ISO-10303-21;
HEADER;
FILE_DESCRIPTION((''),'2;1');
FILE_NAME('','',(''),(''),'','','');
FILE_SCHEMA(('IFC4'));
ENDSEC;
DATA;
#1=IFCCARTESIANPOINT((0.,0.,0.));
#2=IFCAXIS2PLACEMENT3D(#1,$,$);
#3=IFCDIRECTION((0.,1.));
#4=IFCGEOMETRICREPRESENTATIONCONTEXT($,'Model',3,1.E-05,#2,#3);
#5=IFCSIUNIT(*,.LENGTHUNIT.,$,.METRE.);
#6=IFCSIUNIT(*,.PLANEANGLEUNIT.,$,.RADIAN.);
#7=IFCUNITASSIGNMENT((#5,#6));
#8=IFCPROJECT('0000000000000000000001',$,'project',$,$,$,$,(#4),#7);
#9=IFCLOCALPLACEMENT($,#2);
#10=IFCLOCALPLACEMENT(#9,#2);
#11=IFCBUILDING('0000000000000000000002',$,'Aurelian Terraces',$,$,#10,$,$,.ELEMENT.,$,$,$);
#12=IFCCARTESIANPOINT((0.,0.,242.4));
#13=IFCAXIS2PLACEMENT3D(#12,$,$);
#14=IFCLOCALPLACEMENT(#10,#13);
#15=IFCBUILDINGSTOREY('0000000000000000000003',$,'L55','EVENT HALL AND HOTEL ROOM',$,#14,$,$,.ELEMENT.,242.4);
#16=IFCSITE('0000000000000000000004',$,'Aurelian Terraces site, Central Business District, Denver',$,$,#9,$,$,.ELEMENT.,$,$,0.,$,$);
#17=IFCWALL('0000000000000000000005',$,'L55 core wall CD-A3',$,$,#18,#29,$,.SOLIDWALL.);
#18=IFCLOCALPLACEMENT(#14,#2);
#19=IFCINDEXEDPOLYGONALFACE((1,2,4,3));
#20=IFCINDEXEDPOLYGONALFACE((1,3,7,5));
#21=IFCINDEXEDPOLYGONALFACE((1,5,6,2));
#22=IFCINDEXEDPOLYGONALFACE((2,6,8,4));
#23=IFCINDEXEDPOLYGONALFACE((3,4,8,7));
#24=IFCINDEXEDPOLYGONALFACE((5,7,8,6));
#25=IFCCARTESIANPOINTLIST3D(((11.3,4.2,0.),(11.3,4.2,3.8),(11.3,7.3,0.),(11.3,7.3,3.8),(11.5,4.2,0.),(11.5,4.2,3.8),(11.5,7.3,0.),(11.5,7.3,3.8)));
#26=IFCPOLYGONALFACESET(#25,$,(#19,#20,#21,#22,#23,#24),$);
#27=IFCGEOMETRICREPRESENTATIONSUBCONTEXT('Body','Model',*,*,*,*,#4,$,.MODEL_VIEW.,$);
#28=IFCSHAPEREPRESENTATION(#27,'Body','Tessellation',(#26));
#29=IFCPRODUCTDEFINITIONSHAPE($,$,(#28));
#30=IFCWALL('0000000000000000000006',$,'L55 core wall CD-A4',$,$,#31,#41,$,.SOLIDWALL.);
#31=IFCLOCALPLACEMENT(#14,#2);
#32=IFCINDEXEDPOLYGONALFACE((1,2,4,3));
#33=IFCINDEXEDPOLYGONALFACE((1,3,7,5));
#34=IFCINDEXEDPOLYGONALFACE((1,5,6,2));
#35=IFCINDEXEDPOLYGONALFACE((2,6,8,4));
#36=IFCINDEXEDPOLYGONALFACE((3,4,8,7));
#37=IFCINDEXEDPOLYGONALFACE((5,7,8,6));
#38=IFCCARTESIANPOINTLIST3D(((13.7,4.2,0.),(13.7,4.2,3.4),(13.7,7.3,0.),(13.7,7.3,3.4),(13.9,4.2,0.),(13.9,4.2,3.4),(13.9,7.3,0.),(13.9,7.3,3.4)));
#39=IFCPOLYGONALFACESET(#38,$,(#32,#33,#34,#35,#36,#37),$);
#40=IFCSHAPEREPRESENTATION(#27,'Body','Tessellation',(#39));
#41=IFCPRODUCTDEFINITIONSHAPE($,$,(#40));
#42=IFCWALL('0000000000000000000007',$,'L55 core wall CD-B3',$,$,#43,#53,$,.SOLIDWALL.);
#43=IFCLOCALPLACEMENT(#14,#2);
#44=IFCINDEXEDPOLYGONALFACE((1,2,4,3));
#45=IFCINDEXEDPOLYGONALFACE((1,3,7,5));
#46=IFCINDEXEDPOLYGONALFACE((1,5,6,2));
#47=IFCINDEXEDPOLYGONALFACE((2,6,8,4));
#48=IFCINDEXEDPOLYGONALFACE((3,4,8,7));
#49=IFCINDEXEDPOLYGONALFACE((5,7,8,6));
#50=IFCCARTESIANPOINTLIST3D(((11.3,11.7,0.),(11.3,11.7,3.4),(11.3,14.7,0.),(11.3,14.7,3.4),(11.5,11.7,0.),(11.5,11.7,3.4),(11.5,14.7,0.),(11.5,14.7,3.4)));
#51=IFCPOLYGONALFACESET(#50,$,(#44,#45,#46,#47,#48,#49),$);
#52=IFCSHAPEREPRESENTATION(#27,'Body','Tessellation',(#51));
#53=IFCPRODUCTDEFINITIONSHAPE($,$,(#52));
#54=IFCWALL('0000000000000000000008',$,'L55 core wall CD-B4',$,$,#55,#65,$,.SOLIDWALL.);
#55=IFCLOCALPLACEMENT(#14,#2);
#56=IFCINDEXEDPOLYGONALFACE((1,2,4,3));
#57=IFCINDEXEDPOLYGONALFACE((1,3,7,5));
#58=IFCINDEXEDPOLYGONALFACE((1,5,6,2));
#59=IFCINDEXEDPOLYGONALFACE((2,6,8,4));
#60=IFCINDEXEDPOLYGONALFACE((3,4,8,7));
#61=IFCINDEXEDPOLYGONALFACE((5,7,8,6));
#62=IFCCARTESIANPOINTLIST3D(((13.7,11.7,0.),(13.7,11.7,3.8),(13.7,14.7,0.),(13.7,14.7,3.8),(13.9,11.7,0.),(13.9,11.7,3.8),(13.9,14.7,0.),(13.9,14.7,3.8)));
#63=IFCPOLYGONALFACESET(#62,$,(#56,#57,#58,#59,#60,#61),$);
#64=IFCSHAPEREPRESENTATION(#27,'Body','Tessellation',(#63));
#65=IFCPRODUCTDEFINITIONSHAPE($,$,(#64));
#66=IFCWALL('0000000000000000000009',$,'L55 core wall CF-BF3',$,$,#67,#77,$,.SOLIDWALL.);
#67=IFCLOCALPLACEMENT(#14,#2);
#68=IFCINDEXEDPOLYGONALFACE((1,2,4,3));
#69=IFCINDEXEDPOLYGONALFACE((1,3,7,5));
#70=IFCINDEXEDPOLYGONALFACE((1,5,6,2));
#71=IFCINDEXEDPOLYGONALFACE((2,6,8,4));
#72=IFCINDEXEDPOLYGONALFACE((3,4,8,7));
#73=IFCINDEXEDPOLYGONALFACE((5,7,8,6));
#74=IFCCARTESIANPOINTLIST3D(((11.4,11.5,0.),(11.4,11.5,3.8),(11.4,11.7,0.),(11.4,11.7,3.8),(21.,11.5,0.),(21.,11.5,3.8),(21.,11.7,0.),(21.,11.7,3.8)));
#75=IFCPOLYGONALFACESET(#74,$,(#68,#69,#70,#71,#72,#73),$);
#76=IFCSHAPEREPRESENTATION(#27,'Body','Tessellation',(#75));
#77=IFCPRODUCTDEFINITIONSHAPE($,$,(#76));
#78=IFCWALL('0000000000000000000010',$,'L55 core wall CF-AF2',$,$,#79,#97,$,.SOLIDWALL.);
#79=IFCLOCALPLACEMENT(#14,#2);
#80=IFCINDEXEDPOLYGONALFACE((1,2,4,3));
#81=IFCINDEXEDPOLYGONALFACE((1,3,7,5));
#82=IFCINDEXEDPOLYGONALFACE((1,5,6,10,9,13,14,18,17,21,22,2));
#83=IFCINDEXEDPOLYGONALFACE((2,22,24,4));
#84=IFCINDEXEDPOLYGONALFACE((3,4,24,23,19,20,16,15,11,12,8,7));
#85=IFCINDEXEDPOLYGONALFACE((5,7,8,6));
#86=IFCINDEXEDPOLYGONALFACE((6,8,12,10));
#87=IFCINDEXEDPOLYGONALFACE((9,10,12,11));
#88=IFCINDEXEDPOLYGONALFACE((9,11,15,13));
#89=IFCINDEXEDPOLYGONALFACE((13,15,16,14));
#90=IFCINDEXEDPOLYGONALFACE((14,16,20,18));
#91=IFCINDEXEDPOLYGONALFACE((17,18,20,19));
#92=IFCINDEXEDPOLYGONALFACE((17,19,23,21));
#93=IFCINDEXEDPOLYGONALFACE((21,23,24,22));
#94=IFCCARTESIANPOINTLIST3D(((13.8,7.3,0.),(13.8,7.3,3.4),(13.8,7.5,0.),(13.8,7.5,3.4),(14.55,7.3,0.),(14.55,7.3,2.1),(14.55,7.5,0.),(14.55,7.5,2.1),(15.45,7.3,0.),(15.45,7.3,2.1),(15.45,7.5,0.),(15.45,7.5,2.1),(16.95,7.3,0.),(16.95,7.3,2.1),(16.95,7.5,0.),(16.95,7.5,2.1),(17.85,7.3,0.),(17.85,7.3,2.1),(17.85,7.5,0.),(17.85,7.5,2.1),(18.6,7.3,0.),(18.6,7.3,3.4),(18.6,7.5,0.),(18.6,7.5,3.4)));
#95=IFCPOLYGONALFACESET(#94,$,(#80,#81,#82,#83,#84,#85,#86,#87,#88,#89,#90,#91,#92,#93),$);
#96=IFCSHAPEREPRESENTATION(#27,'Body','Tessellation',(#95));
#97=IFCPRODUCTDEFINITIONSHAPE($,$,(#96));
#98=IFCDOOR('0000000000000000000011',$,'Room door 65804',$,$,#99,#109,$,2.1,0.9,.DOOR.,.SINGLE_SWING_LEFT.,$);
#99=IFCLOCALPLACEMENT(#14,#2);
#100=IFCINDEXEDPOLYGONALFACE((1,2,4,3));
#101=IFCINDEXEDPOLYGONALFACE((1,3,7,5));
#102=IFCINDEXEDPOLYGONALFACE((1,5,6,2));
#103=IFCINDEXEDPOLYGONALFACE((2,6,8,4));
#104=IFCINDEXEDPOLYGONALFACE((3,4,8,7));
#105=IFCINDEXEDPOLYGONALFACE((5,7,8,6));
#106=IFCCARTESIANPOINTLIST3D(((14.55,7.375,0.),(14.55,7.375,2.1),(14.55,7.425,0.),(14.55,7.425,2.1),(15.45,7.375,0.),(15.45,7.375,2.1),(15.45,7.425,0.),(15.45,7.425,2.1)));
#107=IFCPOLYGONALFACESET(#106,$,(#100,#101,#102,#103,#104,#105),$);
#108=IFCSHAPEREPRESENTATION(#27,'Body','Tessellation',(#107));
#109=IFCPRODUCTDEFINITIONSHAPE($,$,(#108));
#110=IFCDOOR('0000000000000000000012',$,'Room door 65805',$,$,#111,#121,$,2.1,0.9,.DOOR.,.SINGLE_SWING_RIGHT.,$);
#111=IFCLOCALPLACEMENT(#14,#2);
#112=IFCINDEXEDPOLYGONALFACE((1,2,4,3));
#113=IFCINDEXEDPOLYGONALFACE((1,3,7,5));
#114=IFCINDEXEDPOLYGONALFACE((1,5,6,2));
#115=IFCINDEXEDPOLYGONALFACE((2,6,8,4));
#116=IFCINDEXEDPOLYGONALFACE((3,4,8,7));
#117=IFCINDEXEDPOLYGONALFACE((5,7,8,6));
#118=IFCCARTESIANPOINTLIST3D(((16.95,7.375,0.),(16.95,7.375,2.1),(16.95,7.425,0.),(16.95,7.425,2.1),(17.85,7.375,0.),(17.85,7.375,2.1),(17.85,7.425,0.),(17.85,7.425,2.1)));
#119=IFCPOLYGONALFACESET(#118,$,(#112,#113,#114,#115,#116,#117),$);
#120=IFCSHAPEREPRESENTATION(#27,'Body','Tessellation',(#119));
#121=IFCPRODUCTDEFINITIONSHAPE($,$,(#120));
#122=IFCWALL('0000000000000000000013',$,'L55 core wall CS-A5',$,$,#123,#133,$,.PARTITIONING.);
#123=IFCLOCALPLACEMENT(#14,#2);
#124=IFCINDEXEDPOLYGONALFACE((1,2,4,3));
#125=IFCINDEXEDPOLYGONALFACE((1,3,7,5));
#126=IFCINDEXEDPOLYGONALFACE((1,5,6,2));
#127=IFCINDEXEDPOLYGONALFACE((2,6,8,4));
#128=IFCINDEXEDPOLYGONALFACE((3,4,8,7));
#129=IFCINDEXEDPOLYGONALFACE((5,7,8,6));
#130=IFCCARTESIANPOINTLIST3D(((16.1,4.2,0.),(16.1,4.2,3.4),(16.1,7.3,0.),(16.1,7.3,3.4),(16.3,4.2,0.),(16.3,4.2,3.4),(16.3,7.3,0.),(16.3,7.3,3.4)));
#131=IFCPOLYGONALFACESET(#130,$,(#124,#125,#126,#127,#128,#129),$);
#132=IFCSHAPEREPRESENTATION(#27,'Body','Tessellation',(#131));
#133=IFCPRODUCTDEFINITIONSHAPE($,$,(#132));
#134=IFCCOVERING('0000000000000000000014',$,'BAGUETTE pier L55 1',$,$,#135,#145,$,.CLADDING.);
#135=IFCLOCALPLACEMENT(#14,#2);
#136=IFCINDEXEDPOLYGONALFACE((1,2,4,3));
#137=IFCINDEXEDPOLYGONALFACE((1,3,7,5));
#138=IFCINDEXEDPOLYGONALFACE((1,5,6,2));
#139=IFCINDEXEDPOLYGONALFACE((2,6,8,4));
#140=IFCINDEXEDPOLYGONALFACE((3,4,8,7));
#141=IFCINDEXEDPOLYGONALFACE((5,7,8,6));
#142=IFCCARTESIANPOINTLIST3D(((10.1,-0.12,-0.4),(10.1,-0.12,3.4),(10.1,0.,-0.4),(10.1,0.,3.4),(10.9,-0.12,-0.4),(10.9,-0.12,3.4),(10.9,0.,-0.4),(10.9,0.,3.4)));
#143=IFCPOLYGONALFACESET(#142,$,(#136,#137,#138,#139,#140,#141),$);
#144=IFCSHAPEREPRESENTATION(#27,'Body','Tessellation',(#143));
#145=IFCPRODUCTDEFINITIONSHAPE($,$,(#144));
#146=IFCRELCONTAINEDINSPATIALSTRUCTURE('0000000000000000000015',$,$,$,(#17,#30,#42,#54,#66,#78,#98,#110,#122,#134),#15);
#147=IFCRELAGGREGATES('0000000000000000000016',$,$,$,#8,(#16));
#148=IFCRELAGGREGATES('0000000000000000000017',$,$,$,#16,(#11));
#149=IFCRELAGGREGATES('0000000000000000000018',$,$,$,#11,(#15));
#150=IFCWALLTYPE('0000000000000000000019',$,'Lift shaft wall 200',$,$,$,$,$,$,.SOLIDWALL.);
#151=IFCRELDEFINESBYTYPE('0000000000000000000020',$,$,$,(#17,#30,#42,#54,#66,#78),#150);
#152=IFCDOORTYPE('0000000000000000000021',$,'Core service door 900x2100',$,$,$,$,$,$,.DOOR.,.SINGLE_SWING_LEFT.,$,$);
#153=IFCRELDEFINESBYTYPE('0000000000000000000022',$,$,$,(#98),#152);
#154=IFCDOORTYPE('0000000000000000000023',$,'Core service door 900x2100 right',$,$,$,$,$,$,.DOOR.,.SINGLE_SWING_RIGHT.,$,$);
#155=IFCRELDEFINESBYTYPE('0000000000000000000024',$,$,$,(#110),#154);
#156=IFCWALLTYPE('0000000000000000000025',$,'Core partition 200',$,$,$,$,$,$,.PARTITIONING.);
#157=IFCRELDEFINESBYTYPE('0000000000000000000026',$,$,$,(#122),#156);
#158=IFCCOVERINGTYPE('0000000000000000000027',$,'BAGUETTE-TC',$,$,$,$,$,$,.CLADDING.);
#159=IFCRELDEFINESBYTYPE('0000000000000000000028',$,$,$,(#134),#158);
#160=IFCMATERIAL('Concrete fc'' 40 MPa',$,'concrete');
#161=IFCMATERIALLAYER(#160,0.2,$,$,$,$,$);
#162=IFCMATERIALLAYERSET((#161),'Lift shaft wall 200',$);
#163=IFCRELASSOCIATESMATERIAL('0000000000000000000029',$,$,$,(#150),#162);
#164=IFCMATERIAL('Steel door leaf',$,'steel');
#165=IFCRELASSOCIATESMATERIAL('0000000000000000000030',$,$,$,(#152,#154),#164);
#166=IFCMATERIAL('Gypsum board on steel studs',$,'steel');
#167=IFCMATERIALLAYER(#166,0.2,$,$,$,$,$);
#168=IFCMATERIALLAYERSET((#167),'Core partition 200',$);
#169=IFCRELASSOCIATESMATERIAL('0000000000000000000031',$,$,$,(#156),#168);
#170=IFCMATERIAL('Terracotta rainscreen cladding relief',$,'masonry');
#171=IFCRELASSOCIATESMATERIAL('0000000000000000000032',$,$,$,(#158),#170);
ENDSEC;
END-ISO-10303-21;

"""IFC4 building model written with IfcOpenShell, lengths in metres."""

from ifc_helpers import new_model, si_unit, direction, frame, frame_2d, origin, origin_2d, place, context, subcontext, project, spatial, rectangle, extrude, source, transform, mapped, material, layer, layer_set, type_object, element, fill, save


model = new_model("IFC4")

# Units and contexts
model_context = context("Model", 3, precision=1e-05, world=origin(), true_north=direction((0.0, 1.0)))
body_context = subcontext(model_context, "Body", "Model", "MODEL_VIEW")
ifc_project = project(units=[si_unit("LENGTHUNIT", "METRE"), si_unit("PLANEANGLEUNIT", "RADIAN")], contexts=[model_context])

# Site, building, storey
site_placement = place(None, origin())
site = spatial("IfcSite", under=ifc_project, at=site_placement, Name="Aurelian Terraces site, Central Business District, Denver", CompositionType="ELEMENT", RefElevation=0.0)
building_placement = place(site_placement, origin())
building = spatial("IfcBuilding", under=site, at=building_placement, Name="Aurelian Terraces", CompositionType="ELEMENT")
storey_placement = place(building_placement, frame((0.0, 0.0, 242.4)))
storey = spatial("IfcBuildingStorey", under=building, at=storey_placement, Name="L55", Description="EVENT HALL AND HOTEL ROOM", CompositionType="ELEMENT", Elevation=242.4)

# Shared definitions
ifc_material_1 = material(Name="Concrete fc' 40 MPa", Category="concrete")

# Walls
ifc_layer_1 = layer(ifc_material_1, 0.2)
ifc_layer_set_1 = layer_set([ifc_layer_1], Name="Lift shaft wall 200")
wall_type_1 = type_object("IfcWallType", Name="Lift shaft wall 200", PredefinedType="SOLIDWALL", material=ifc_layer_set_1)
shared_shape_1 = source(origin(), body_context, "Body", "SweptSolid", [
    extrude(rectangle(XDim=3.1, YDim=0.2, at=frame_2d((1.55, 0.0))), origin(), (0.0, 0.0, 1.0), 3.8),
])
wall_1_placement = place(storey_placement, frame((11.4, 4.2, 0.0), z_axis=(0.0, 0.0, 1.0), x_axis=(0.0, 1.0, 0.0)))
element("IfcWall", 1, at=wall_1_placement, inside=storey, type_object=wall_type_1, Name="L55 core wall CD-A3", PredefinedType="SOLIDWALL", context=body_context, shape_type="MappedRepresentation", body=[
    mapped(shared_shape_1, transform((0.0, 0.0, 0.0), scale=1.0)),
])
shared_shape_2 = source(origin(), body_context, "Body", "SweptSolid", [
    extrude(rectangle(XDim=3.1, YDim=0.2, at=frame_2d((1.55, 0.0))), origin(), (0.0, 0.0, 1.0), 3.4),
])
wall_2_placement = place(storey_placement, frame((13.8, 4.2, 0.0), z_axis=(0.0, 0.0, 1.0), x_axis=(0.0, 1.0, 0.0)))
element("IfcWall", 2, at=wall_2_placement, inside=storey, type_object=wall_type_1, Name="L55 core wall CD-A4", PredefinedType="SOLIDWALL", context=body_context, shape_type="MappedRepresentation", body=[
    mapped(shared_shape_2, transform((0.0, 0.0, 0.0), scale=1.0)),
])
shared_shape_3 = source(origin(), body_context, "Body", "SweptSolid", [
    extrude(rectangle(XDim=3.0, YDim=0.2, at=frame_2d((1.5, 0.0))), origin(), (0.0, 0.0, 1.0), 3.4),
])
wall_3_placement = place(storey_placement, frame((11.4, 11.7, 0.0), z_axis=(0.0, 0.0, 1.0), x_axis=(0.0, 1.0, 0.0)))
element("IfcWall", 3, at=wall_3_placement, inside=storey, type_object=wall_type_1, Name="L55 core wall CD-B3", PredefinedType="SOLIDWALL", context=body_context, shape_type="MappedRepresentation", body=[
    mapped(shared_shape_3, transform((0.0, 0.0, 0.0), scale=1.0)),
])
shared_shape_4 = source(origin(), body_context, "Body", "SweptSolid", [
    extrude(rectangle(XDim=3.0, YDim=0.2, at=frame_2d((1.5, 0.0))), origin(), (0.0, 0.0, 1.0), 3.8),
])
wall_4_placement = place(storey_placement, frame((13.8, 11.7, 0.0), z_axis=(0.0, 0.0, 1.0), x_axis=(0.0, 1.0, 0.0)))
element("IfcWall", 4, at=wall_4_placement, inside=storey, type_object=wall_type_1, Name="L55 core wall CD-B4", PredefinedType="SOLIDWALL", context=body_context, shape_type="MappedRepresentation", body=[
    mapped(shared_shape_4, transform((0.0, 0.0, 0.0), scale=1.0)),
])
shared_shape_5 = source(origin(), body_context, "Body", "SweptSolid", [
    extrude(rectangle(XDim=9.6, YDim=0.2, at=frame_2d((4.8, 0.0))), origin(), (0.0, 0.0, 1.0), 3.8),
])
wall_5_placement = place(storey_placement, frame((11.4, 11.6, 0.0), z_axis=(0.0, 0.0, 1.0), x_axis=(1.0, 0.0, 0.0)))
element("IfcWall", 5, at=wall_5_placement, inside=storey, type_object=wall_type_1, Name="L55 core wall CF-BF3", PredefinedType="SOLIDWALL", context=body_context, shape_type="MappedRepresentation", body=[
    mapped(shared_shape_5, transform((0.0, 0.0, 0.0), scale=1.0)),
])

# Wall, openings, doors
shared_shape_6 = source(origin(), body_context, "Body", "SweptSolid", [
    extrude(rectangle(XDim=4.8, YDim=0.2, at=frame_2d((2.4, 0.0))), origin(), (0.0, 0.0, 1.0), 3.4),
])
wall_6_placement = place(storey_placement, frame((13.8, 7.4, 0.0), z_axis=(0.0, 0.0, 1.0), x_axis=(1.0, 0.0, 0.0)))
wall_6 = element("IfcWall", 6, at=wall_6_placement, inside=storey, type_object=wall_type_1, Name="L55 core wall CF-AF2", PredefinedType="SOLIDWALL", context=body_context, shape_type="MappedRepresentation", body=[
    mapped(shared_shape_6, transform((0.0, 0.0, 0.0), scale=1.0)),
])
shared_shape_7 = source(origin(), body_context, "Body", "SweptSolid", [
    extrude(rectangle(XDim=0.9, YDim=2.1, at=frame_2d((0.45, 1.05))), frame((0.0, 0.11, 0.0), z_axis=(0.0, -1.0, 0.0), x_axis=(1.0, 0.0, 0.0)), (0.0, 0.0, 1.0), 0.22),
])
opening_1_placement = place(wall_6_placement, frame((0.75, 0.0, 0.0)))
opening_1 = element("IfcOpeningElement", 7, at=opening_1_placement, cuts=wall_6, PredefinedType="OPENING", context=body_context, shape_type="MappedRepresentation", body=[
    mapped(shared_shape_7, transform((0.0, 0.0, 0.0), scale=1.0)),
])
opening_2_placement = place(wall_6_placement, frame((3.15, 0.0, 0.0)))
opening_2 = element("IfcOpeningElement", 8, at=opening_2_placement, cuts=wall_6, PredefinedType="OPENING", context=body_context, shape_type="MappedRepresentation", body=[
    mapped(shared_shape_7, transform((0.0, 0.0, 0.0), scale=1.0)),
])
ifc_material_2 = material(Name="Steel door leaf", Category="steel")
door_type_1 = type_object("IfcDoorType", Name="Core service door 900x2100", OperationType="SINGLE_SWING_LEFT", PredefinedType="DOOR", material=ifc_material_2)
shared_shape_8 = source(origin(), body_context, "Body", "SweptSolid", [
    extrude(rectangle(XDim=0.9, YDim=2.1, at=frame_2d((0.45, 1.05))), frame((0.0, 0.025, 0.0), z_axis=(0.0, -1.0, 0.0), x_axis=(1.0, 0.0, 0.0)), (0.0, 0.0, 1.0), 0.05),
])
door_1_placement = place(opening_1_placement, origin())
door_1 = element("IfcDoor", 9, at=door_1_placement, inside=storey, type_object=door_type_1, Name="Room door 65804", OperationType="SINGLE_SWING_LEFT", OverallHeight=2.1, OverallWidth=0.9, PredefinedType="DOOR", context=body_context, shape_type="MappedRepresentation", body=[
    mapped(shared_shape_8, transform((0.0, 0.0, 0.0), scale=1.0)),
])
fill(opening_1, door_1)
door_type_2 = type_object("IfcDoorType", Name="Core service door 900x2100 right", OperationType="SINGLE_SWING_RIGHT", PredefinedType="DOOR", material=ifc_material_2)
door_2_placement = place(opening_2_placement, origin())
door_2 = element("IfcDoor", 10, at=door_2_placement, inside=storey, type_object=door_type_2, Name="Room door 65805", OperationType="SINGLE_SWING_RIGHT", OverallHeight=2.1, OverallWidth=0.9, PredefinedType="DOOR", context=body_context, shape_type="MappedRepresentation", body=[
    mapped(shared_shape_8, transform((0.0, 0.0, 0.0), scale=1.0)),
])
fill(opening_2, door_2)

# Wall
ifc_material_3 = material(Name="Gypsum board on steel studs", Category="steel")
ifc_layer_2 = layer(ifc_material_3, 0.2)
ifc_layer_set_2 = layer_set([ifc_layer_2], Name="Core partition 200")
wall_type_2 = type_object("IfcWallType", Name="Core partition 200", PredefinedType="PARTITIONING", material=ifc_layer_set_2)
shared_shape_9 = source(origin(), body_context, "Body", "SweptSolid", [
    extrude(rectangle(XDim=3.1, YDim=0.2, at=frame_2d((1.55, 0.0))), origin(), (0.0, 0.0, 1.0), 3.4),
])
wall_7_placement = place(storey_placement, frame((16.2, 4.2, 0.0), z_axis=(0.0, 0.0, 1.0), x_axis=(0.0, 1.0, 0.0)))
element("IfcWall", 11, at=wall_7_placement, inside=storey, type_object=wall_type_2, Name="L55 core wall CS-A5", PredefinedType="PARTITIONING", context=body_context, shape_type="MappedRepresentation", body=[
    mapped(shared_shape_9, transform((0.0, 0.0, 0.0), scale=1.0)),
])

# Covering
ifc_material_4 = material(Name="Terracotta rainscreen cladding relief", Category="masonry")
covering_type = type_object("IfcCoveringType", Name="BAGUETTE-TC", PredefinedType="CLADDING", material=ifc_material_4)
shared_shape_10 = source(origin(), body_context, "Body", "SweptSolid", [
    extrude(rectangle(XDim=0.8, YDim=0.12, at=origin_2d()), origin(), (0.0, 0.0, 1.0), 3.8),
])
covering_placement = place(storey_placement, frame((10.5, -0.06, -0.4), z_axis=(0.0, 0.0, 1.0), x_axis=(1.0, 0.0, 0.0)))
element("IfcCovering", 12, at=covering_placement, inside=storey, type_object=covering_type, Name="BAGUETTE pier L55 1", PredefinedType="CLADDING", context=body_context, shape_type="MappedRepresentation", body=[
    mapped(shared_shape_10, transform((0.0, 0.0, 0.0), scale=1.0)),
])

save(model, "model.ifc")
